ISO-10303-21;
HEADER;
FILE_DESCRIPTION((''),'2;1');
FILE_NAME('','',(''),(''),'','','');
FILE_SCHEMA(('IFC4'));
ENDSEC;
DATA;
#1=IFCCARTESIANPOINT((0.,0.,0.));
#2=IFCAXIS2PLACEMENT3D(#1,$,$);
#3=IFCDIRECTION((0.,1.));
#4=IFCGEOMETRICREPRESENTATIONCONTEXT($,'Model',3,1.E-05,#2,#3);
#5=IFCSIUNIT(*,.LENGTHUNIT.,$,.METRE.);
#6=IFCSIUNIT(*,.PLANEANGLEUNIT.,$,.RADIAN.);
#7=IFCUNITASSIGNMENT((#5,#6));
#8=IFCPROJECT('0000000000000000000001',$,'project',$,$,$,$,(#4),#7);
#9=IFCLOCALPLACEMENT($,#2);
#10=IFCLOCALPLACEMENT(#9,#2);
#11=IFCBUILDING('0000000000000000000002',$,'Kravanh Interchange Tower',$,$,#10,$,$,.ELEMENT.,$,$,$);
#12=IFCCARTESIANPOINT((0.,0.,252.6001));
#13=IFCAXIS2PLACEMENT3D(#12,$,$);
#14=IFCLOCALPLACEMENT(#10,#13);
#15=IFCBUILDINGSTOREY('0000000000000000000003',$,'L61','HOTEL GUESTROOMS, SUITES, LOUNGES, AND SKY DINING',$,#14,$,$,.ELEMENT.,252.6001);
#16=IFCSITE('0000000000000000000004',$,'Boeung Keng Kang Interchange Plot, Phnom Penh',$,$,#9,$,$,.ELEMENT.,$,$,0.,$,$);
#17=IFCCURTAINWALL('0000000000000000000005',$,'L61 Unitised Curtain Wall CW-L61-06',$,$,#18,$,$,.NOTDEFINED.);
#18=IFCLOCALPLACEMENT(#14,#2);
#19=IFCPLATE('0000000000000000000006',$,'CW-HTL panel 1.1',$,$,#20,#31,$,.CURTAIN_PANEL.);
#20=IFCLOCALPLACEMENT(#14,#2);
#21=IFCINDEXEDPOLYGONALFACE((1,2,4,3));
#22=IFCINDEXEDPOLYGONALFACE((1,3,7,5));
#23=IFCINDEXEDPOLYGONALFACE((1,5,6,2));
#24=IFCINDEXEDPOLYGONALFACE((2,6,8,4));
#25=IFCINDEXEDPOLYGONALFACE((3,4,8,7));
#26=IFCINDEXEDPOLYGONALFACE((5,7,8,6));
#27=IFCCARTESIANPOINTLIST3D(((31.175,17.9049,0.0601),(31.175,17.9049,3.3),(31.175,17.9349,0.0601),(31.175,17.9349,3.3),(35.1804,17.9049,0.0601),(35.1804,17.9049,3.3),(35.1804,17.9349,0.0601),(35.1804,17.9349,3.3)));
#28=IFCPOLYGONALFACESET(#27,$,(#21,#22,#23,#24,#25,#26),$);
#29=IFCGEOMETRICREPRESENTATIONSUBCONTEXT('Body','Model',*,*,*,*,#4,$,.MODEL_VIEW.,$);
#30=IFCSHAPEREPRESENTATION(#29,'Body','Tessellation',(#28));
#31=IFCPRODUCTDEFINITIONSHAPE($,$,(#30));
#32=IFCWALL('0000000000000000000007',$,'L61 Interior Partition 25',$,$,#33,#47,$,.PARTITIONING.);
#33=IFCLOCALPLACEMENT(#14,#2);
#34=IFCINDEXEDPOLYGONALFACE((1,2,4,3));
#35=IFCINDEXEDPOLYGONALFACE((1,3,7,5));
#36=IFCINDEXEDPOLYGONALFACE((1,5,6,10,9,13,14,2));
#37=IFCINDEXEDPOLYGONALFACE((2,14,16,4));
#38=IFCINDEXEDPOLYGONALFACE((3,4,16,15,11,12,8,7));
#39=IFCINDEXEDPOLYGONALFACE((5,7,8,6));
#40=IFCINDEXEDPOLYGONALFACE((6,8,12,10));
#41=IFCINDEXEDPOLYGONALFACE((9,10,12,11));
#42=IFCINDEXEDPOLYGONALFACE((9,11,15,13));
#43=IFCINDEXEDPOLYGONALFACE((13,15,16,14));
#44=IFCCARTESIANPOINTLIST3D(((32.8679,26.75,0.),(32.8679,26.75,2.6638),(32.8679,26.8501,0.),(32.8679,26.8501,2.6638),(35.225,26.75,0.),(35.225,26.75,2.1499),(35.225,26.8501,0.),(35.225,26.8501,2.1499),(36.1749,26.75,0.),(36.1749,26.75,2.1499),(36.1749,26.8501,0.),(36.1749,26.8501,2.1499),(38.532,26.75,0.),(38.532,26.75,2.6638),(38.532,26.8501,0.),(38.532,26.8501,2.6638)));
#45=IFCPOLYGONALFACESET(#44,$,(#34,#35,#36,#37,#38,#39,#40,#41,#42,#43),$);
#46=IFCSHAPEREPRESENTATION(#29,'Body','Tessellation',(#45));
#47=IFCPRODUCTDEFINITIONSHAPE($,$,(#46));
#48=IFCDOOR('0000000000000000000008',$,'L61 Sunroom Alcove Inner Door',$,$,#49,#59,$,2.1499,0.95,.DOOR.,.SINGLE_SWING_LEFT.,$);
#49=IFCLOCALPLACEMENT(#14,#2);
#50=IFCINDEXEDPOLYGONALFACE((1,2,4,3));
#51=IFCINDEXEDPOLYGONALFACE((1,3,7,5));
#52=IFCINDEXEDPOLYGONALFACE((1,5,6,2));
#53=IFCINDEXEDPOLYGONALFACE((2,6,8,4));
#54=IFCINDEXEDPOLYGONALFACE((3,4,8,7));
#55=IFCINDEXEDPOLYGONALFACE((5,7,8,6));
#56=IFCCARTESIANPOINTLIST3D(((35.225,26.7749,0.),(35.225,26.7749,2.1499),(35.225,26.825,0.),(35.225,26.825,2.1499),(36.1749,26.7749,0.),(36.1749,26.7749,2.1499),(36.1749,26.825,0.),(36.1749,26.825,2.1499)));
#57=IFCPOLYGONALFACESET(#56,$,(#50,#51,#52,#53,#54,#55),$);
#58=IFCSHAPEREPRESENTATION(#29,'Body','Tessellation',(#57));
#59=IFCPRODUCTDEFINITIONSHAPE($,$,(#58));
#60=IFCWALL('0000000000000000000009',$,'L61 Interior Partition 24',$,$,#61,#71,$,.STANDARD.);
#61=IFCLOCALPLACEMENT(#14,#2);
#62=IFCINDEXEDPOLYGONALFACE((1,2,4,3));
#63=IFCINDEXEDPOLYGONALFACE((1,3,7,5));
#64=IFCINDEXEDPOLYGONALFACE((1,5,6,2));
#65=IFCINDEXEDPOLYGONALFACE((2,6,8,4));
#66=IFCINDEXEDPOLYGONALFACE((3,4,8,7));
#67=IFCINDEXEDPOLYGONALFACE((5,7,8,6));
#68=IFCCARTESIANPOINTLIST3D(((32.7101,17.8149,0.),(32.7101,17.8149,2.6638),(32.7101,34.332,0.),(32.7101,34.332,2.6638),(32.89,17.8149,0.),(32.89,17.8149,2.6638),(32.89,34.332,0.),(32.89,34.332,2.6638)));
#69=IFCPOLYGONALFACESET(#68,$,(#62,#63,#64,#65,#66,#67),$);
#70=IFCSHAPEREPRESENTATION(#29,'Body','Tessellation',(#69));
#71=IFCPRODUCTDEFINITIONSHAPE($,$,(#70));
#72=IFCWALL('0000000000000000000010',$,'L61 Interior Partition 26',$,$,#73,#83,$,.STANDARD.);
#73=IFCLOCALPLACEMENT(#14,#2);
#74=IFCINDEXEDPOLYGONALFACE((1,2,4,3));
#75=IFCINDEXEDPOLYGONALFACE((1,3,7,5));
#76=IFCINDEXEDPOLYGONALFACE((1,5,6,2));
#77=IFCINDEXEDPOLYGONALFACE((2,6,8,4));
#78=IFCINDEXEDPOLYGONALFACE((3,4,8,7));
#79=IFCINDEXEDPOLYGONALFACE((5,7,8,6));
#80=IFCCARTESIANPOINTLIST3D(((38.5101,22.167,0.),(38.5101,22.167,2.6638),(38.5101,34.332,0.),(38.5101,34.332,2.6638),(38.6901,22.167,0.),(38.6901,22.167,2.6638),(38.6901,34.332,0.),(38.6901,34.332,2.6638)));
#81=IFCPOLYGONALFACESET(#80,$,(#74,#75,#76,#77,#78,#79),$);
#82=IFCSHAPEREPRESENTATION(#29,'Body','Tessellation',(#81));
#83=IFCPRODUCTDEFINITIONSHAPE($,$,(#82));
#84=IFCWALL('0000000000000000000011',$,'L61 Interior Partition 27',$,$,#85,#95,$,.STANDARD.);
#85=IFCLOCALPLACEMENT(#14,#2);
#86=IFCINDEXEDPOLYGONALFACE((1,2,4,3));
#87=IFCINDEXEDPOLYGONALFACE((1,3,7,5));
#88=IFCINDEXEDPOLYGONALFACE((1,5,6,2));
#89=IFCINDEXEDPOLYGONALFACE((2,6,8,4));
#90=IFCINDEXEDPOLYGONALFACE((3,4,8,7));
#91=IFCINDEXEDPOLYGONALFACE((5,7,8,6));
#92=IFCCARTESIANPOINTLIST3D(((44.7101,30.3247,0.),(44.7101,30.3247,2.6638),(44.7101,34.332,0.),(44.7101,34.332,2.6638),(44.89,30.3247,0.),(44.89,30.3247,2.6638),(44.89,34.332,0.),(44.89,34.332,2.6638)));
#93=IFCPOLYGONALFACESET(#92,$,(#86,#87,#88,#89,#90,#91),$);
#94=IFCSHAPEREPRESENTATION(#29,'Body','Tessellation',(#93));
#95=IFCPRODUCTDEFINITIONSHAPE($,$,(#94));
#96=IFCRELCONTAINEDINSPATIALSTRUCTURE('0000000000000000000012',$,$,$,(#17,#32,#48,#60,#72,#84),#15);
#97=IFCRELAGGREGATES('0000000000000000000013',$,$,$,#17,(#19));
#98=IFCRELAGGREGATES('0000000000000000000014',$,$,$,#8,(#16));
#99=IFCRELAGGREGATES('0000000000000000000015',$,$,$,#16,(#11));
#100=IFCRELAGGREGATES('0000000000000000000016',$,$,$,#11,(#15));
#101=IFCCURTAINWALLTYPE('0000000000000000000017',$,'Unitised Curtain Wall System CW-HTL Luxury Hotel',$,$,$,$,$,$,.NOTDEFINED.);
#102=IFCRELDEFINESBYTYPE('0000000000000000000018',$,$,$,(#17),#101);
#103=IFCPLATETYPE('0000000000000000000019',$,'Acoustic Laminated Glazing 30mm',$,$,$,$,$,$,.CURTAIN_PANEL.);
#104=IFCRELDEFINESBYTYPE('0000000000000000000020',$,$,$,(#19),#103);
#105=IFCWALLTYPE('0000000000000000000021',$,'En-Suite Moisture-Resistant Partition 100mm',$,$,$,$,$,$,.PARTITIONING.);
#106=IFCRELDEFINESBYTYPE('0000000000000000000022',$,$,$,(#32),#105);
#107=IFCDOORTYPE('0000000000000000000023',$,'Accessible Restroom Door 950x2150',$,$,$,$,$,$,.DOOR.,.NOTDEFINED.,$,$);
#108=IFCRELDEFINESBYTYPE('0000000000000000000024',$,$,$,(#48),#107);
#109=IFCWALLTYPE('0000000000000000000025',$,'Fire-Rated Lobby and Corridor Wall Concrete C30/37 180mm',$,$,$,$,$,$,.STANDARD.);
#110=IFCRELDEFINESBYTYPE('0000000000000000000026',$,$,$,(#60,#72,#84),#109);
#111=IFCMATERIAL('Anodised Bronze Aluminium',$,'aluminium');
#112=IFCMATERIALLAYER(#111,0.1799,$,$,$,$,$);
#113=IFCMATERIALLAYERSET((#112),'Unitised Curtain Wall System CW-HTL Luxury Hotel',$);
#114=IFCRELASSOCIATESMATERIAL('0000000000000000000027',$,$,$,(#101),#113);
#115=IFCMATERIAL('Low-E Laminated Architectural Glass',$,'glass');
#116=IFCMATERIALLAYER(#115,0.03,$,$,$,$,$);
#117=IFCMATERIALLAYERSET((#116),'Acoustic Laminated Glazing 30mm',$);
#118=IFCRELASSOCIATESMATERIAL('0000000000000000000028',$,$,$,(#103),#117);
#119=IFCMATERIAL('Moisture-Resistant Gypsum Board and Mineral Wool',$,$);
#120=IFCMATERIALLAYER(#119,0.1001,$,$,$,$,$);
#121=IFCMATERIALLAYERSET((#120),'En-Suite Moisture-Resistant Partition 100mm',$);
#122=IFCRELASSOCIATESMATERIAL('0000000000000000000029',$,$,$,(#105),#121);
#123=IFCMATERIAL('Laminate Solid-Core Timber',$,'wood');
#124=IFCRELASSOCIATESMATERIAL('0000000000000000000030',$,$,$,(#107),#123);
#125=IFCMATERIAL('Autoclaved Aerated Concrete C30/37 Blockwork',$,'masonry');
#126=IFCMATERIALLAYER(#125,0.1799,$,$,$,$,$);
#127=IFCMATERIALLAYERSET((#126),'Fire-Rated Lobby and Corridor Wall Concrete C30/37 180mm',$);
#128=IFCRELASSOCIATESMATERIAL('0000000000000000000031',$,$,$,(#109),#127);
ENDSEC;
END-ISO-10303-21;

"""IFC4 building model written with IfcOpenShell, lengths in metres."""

from ifc_helpers import new_model, si_unit, direction, frame, frame_2d, origin, origin_2d, place, context, subcontext, project, spatial, rectangle, extrude, material, layer, layer_set, type_object, element, fill, aggregate, save


model = new_model("IFC4")

# Units and contexts
model_context = context("Model", 3, precision=1e-05, world=origin(), true_north=direction((0.0, 1.0)))
body_context = subcontext(model_context, "Body", "Model", "MODEL_VIEW")
ifc_project = project(units=[si_unit("LENGTHUNIT", "METRE"), si_unit("PLANEANGLEUNIT", "RADIAN")], contexts=[model_context])

# Site, building, storey
site_placement = place(None, origin())
site = spatial("IfcSite", under=ifc_project, at=site_placement, Name="Boeung Keng Kang Interchange Plot, Phnom Penh", CompositionType="ELEMENT", RefElevation=0.0)
building_placement = place(site_placement, origin())
building = spatial("IfcBuilding", under=site, at=building_placement, Name="Kravanh Interchange Tower", CompositionType="ELEMENT")
storey_placement = place(building_placement, frame((0.0, 0.0, 252.6001)))
storey = spatial("IfcBuildingStorey", under=building, at=storey_placement, Name="L61", Description="HOTEL GUESTROOMS, SUITES, LOUNGES, AND SKY DINING", CompositionType="ELEMENT", Elevation=252.6001)

# Shared definitions
ifc_material_1 = material(Name="Anodised Bronze Aluminium", Category="aluminium")
ifc_layer_1 = layer(ifc_material_1, 0.1799)
ifc_layer_set_1 = layer_set([ifc_layer_1], Name="Unitised Curtain Wall System CW-HTL Luxury Hotel")
curtain_wall_type = type_object("IfcCurtainWallType", Name="Unitised Curtain Wall System CW-HTL Luxury Hotel", PredefinedType="NOTDEFINED", material=ifc_layer_set_1)

# Curtain wall
curtain_wall_1_placement = place(storey_placement, origin())
curtain_wall_1 = element("IfcCurtainWall", 1, at=curtain_wall_1_placement, inside=storey, type_object=curtain_wall_type, Name="L61 Unitised Curtain Wall CW-L61-06", PredefinedType="NOTDEFINED")

# Plate
ifc_material_2 = material(Name="Low-E Laminated Architectural Glass", Category="glass")
ifc_layer_2 = layer(ifc_material_2, 0.03)
ifc_layer_set_2 = layer_set([ifc_layer_2], Name="Acoustic Laminated Glazing 30mm")
plate_type = type_object("IfcPlateType", Name="Acoustic Laminated Glazing 30mm", PredefinedType="CURTAIN_PANEL", material=ifc_layer_set_2)
plate_1_placement = place(storey_placement, frame((33.1777, 17.9199, 0.0601), z_axis=(0.0, 0.0, 1.0), x_axis=(-1.0, 0.0, 0.0)))
plate_1 = element("IfcPlate", 2, at=plate_1_placement, type_object=plate_type, Name="CW-HTL panel 1.1", PredefinedType="CURTAIN_PANEL", context=body_context, shape_type="SweptSolid", body=[
    extrude(rectangle(XDim=4.0054, YDim=0.03, at=origin_2d()), origin(), (0.0, 0.0, 1.0), 3.24),
])
aggregate(curtain_wall_1, [plate_1])

# Wall, opening, door
ifc_material_3 = material(Name="Moisture-Resistant Gypsum Board and Mineral Wool")
ifc_layer_3 = layer(ifc_material_3, 0.1001)
ifc_layer_set_3 = layer_set([ifc_layer_3], Name="En-Suite Moisture-Resistant Partition 100mm")
wall_type_1 = type_object("IfcWallType", Name="En-Suite Moisture-Resistant Partition 100mm", PredefinedType="PARTITIONING", material=ifc_layer_set_3)
wall_1_placement = place(storey_placement, frame((32.8679, 26.8, 0.0), z_axis=(0.0, 0.0, 1.0), x_axis=(1.0, 0.0, 0.0)))
wall_1 = element("IfcWall", 3, at=wall_1_placement, inside=storey, type_object=wall_type_1, Name="L61 Interior Partition 25", PredefinedType="PARTITIONING", context=body_context, shape_type="SweptSolid", body=[
    extrude(rectangle(XDim=5.6641, YDim=0.1001, at=frame_2d((2.832, 0.0))), origin(), (0.0, 0.0, 1.0), 2.6638),
])
opening_placement = place(wall_1_placement, frame((2.3569, 0.0, 0.0)))
opening = element("IfcOpeningElement", 4, at=opening_placement, cuts=wall_1, PredefinedType="OPENING", context=body_context, shape_type="SweptSolid", body=[
    extrude(rectangle(XDim=0.95, YDim=2.1499, at=frame_2d((0.4751, 1.075))), frame((0.0, 0.0601, 0.0), z_axis=(0.0, -1.0, 0.0), x_axis=(1.0, 0.0, 0.0)), (0.0, 0.0, 1.0), 0.1201),
])
ifc_material_4 = material(Name="Laminate Solid-Core Timber", Category="wood")
door_type = type_object("IfcDoorType", Name="Accessible Restroom Door 950x2150", OperationType="NOTDEFINED", PredefinedType="DOOR", material=ifc_material_4)
door_placement = place(opening_placement, origin())
door = element("IfcDoor", 5, at=door_placement, inside=storey, type_object=door_type, Name="L61 Sunroom Alcove Inner Door", OperationType="SINGLE_SWING_LEFT", OverallHeight=2.1499, OverallWidth=0.95, PredefinedType="DOOR", context=body_context, shape_type="SweptSolid", body=[
    extrude(rectangle(XDim=0.95, YDim=2.1499, at=frame_2d((0.4751, 1.075))), frame((0.0, 0.0249, 0.0), z_axis=(0.0, -1.0, 0.0), x_axis=(1.0, 0.0, 0.0)), (0.0, 0.0, 1.0), 0.05),
])
fill(opening, door)

# Walls
ifc_material_5 = material(Name="Autoclaved Aerated Concrete C30/37 Blockwork", Category="masonry")
ifc_layer_4 = layer(ifc_material_5, 0.1799)
ifc_layer_set_4 = layer_set([ifc_layer_4], Name="Fire-Rated Lobby and Corridor Wall Concrete C30/37 180mm")
wall_type_2 = type_object("IfcWallType", Name="Fire-Rated Lobby and Corridor Wall Concrete C30/37 180mm", PredefinedType="STANDARD", material=ifc_layer_set_4)
wall_2_placement = place(storey_placement, frame((32.8, 17.8149, 0.0), z_axis=(0.0, 0.0, 1.0), x_axis=(0.0, 1.0, 0.0)))
element("IfcWall", 6, at=wall_2_placement, inside=storey, type_object=wall_type_2, Name="L61 Interior Partition 24", PredefinedType="STANDARD", context=body_context, shape_type="SweptSolid", body=[
    extrude(rectangle(XDim=16.5171, YDim=0.1799, at=frame_2d((8.2585, 0.0))), origin(), (0.0, 0.0, 1.0), 2.6638),
])
wall_3_placement = place(storey_placement, frame((38.6001, 22.167, 0.0), z_axis=(0.0, 0.0, 1.0), x_axis=(0.0, 1.0, 0.0)))
element("IfcWall", 7, at=wall_3_placement, inside=storey, type_object=wall_type_2, Name="L61 Interior Partition 26", PredefinedType="STANDARD", context=body_context, shape_type="SweptSolid", body=[
    extrude(rectangle(XDim=12.165, YDim=0.1799, at=frame_2d((6.0825, 0.0))), origin(), (0.0, 0.0, 1.0), 2.6638),
])
wall_4_placement = place(storey_placement, frame((44.8, 30.3247, 0.0), z_axis=(0.0, 0.0, 1.0), x_axis=(0.0, 1.0, 0.0)))
element("IfcWall", 8, at=wall_4_placement, inside=storey, type_object=wall_type_2, Name="L61 Interior Partition 27", PredefinedType="STANDARD", context=body_context, shape_type="SweptSolid", body=[
    extrude(rectangle(XDim=4.0073, YDim=0.1799, at=frame_2d((2.0037, 0.0))), origin(), (0.0, 0.0, 1.0), 2.6638),
])

save(model, "model.ifc")
